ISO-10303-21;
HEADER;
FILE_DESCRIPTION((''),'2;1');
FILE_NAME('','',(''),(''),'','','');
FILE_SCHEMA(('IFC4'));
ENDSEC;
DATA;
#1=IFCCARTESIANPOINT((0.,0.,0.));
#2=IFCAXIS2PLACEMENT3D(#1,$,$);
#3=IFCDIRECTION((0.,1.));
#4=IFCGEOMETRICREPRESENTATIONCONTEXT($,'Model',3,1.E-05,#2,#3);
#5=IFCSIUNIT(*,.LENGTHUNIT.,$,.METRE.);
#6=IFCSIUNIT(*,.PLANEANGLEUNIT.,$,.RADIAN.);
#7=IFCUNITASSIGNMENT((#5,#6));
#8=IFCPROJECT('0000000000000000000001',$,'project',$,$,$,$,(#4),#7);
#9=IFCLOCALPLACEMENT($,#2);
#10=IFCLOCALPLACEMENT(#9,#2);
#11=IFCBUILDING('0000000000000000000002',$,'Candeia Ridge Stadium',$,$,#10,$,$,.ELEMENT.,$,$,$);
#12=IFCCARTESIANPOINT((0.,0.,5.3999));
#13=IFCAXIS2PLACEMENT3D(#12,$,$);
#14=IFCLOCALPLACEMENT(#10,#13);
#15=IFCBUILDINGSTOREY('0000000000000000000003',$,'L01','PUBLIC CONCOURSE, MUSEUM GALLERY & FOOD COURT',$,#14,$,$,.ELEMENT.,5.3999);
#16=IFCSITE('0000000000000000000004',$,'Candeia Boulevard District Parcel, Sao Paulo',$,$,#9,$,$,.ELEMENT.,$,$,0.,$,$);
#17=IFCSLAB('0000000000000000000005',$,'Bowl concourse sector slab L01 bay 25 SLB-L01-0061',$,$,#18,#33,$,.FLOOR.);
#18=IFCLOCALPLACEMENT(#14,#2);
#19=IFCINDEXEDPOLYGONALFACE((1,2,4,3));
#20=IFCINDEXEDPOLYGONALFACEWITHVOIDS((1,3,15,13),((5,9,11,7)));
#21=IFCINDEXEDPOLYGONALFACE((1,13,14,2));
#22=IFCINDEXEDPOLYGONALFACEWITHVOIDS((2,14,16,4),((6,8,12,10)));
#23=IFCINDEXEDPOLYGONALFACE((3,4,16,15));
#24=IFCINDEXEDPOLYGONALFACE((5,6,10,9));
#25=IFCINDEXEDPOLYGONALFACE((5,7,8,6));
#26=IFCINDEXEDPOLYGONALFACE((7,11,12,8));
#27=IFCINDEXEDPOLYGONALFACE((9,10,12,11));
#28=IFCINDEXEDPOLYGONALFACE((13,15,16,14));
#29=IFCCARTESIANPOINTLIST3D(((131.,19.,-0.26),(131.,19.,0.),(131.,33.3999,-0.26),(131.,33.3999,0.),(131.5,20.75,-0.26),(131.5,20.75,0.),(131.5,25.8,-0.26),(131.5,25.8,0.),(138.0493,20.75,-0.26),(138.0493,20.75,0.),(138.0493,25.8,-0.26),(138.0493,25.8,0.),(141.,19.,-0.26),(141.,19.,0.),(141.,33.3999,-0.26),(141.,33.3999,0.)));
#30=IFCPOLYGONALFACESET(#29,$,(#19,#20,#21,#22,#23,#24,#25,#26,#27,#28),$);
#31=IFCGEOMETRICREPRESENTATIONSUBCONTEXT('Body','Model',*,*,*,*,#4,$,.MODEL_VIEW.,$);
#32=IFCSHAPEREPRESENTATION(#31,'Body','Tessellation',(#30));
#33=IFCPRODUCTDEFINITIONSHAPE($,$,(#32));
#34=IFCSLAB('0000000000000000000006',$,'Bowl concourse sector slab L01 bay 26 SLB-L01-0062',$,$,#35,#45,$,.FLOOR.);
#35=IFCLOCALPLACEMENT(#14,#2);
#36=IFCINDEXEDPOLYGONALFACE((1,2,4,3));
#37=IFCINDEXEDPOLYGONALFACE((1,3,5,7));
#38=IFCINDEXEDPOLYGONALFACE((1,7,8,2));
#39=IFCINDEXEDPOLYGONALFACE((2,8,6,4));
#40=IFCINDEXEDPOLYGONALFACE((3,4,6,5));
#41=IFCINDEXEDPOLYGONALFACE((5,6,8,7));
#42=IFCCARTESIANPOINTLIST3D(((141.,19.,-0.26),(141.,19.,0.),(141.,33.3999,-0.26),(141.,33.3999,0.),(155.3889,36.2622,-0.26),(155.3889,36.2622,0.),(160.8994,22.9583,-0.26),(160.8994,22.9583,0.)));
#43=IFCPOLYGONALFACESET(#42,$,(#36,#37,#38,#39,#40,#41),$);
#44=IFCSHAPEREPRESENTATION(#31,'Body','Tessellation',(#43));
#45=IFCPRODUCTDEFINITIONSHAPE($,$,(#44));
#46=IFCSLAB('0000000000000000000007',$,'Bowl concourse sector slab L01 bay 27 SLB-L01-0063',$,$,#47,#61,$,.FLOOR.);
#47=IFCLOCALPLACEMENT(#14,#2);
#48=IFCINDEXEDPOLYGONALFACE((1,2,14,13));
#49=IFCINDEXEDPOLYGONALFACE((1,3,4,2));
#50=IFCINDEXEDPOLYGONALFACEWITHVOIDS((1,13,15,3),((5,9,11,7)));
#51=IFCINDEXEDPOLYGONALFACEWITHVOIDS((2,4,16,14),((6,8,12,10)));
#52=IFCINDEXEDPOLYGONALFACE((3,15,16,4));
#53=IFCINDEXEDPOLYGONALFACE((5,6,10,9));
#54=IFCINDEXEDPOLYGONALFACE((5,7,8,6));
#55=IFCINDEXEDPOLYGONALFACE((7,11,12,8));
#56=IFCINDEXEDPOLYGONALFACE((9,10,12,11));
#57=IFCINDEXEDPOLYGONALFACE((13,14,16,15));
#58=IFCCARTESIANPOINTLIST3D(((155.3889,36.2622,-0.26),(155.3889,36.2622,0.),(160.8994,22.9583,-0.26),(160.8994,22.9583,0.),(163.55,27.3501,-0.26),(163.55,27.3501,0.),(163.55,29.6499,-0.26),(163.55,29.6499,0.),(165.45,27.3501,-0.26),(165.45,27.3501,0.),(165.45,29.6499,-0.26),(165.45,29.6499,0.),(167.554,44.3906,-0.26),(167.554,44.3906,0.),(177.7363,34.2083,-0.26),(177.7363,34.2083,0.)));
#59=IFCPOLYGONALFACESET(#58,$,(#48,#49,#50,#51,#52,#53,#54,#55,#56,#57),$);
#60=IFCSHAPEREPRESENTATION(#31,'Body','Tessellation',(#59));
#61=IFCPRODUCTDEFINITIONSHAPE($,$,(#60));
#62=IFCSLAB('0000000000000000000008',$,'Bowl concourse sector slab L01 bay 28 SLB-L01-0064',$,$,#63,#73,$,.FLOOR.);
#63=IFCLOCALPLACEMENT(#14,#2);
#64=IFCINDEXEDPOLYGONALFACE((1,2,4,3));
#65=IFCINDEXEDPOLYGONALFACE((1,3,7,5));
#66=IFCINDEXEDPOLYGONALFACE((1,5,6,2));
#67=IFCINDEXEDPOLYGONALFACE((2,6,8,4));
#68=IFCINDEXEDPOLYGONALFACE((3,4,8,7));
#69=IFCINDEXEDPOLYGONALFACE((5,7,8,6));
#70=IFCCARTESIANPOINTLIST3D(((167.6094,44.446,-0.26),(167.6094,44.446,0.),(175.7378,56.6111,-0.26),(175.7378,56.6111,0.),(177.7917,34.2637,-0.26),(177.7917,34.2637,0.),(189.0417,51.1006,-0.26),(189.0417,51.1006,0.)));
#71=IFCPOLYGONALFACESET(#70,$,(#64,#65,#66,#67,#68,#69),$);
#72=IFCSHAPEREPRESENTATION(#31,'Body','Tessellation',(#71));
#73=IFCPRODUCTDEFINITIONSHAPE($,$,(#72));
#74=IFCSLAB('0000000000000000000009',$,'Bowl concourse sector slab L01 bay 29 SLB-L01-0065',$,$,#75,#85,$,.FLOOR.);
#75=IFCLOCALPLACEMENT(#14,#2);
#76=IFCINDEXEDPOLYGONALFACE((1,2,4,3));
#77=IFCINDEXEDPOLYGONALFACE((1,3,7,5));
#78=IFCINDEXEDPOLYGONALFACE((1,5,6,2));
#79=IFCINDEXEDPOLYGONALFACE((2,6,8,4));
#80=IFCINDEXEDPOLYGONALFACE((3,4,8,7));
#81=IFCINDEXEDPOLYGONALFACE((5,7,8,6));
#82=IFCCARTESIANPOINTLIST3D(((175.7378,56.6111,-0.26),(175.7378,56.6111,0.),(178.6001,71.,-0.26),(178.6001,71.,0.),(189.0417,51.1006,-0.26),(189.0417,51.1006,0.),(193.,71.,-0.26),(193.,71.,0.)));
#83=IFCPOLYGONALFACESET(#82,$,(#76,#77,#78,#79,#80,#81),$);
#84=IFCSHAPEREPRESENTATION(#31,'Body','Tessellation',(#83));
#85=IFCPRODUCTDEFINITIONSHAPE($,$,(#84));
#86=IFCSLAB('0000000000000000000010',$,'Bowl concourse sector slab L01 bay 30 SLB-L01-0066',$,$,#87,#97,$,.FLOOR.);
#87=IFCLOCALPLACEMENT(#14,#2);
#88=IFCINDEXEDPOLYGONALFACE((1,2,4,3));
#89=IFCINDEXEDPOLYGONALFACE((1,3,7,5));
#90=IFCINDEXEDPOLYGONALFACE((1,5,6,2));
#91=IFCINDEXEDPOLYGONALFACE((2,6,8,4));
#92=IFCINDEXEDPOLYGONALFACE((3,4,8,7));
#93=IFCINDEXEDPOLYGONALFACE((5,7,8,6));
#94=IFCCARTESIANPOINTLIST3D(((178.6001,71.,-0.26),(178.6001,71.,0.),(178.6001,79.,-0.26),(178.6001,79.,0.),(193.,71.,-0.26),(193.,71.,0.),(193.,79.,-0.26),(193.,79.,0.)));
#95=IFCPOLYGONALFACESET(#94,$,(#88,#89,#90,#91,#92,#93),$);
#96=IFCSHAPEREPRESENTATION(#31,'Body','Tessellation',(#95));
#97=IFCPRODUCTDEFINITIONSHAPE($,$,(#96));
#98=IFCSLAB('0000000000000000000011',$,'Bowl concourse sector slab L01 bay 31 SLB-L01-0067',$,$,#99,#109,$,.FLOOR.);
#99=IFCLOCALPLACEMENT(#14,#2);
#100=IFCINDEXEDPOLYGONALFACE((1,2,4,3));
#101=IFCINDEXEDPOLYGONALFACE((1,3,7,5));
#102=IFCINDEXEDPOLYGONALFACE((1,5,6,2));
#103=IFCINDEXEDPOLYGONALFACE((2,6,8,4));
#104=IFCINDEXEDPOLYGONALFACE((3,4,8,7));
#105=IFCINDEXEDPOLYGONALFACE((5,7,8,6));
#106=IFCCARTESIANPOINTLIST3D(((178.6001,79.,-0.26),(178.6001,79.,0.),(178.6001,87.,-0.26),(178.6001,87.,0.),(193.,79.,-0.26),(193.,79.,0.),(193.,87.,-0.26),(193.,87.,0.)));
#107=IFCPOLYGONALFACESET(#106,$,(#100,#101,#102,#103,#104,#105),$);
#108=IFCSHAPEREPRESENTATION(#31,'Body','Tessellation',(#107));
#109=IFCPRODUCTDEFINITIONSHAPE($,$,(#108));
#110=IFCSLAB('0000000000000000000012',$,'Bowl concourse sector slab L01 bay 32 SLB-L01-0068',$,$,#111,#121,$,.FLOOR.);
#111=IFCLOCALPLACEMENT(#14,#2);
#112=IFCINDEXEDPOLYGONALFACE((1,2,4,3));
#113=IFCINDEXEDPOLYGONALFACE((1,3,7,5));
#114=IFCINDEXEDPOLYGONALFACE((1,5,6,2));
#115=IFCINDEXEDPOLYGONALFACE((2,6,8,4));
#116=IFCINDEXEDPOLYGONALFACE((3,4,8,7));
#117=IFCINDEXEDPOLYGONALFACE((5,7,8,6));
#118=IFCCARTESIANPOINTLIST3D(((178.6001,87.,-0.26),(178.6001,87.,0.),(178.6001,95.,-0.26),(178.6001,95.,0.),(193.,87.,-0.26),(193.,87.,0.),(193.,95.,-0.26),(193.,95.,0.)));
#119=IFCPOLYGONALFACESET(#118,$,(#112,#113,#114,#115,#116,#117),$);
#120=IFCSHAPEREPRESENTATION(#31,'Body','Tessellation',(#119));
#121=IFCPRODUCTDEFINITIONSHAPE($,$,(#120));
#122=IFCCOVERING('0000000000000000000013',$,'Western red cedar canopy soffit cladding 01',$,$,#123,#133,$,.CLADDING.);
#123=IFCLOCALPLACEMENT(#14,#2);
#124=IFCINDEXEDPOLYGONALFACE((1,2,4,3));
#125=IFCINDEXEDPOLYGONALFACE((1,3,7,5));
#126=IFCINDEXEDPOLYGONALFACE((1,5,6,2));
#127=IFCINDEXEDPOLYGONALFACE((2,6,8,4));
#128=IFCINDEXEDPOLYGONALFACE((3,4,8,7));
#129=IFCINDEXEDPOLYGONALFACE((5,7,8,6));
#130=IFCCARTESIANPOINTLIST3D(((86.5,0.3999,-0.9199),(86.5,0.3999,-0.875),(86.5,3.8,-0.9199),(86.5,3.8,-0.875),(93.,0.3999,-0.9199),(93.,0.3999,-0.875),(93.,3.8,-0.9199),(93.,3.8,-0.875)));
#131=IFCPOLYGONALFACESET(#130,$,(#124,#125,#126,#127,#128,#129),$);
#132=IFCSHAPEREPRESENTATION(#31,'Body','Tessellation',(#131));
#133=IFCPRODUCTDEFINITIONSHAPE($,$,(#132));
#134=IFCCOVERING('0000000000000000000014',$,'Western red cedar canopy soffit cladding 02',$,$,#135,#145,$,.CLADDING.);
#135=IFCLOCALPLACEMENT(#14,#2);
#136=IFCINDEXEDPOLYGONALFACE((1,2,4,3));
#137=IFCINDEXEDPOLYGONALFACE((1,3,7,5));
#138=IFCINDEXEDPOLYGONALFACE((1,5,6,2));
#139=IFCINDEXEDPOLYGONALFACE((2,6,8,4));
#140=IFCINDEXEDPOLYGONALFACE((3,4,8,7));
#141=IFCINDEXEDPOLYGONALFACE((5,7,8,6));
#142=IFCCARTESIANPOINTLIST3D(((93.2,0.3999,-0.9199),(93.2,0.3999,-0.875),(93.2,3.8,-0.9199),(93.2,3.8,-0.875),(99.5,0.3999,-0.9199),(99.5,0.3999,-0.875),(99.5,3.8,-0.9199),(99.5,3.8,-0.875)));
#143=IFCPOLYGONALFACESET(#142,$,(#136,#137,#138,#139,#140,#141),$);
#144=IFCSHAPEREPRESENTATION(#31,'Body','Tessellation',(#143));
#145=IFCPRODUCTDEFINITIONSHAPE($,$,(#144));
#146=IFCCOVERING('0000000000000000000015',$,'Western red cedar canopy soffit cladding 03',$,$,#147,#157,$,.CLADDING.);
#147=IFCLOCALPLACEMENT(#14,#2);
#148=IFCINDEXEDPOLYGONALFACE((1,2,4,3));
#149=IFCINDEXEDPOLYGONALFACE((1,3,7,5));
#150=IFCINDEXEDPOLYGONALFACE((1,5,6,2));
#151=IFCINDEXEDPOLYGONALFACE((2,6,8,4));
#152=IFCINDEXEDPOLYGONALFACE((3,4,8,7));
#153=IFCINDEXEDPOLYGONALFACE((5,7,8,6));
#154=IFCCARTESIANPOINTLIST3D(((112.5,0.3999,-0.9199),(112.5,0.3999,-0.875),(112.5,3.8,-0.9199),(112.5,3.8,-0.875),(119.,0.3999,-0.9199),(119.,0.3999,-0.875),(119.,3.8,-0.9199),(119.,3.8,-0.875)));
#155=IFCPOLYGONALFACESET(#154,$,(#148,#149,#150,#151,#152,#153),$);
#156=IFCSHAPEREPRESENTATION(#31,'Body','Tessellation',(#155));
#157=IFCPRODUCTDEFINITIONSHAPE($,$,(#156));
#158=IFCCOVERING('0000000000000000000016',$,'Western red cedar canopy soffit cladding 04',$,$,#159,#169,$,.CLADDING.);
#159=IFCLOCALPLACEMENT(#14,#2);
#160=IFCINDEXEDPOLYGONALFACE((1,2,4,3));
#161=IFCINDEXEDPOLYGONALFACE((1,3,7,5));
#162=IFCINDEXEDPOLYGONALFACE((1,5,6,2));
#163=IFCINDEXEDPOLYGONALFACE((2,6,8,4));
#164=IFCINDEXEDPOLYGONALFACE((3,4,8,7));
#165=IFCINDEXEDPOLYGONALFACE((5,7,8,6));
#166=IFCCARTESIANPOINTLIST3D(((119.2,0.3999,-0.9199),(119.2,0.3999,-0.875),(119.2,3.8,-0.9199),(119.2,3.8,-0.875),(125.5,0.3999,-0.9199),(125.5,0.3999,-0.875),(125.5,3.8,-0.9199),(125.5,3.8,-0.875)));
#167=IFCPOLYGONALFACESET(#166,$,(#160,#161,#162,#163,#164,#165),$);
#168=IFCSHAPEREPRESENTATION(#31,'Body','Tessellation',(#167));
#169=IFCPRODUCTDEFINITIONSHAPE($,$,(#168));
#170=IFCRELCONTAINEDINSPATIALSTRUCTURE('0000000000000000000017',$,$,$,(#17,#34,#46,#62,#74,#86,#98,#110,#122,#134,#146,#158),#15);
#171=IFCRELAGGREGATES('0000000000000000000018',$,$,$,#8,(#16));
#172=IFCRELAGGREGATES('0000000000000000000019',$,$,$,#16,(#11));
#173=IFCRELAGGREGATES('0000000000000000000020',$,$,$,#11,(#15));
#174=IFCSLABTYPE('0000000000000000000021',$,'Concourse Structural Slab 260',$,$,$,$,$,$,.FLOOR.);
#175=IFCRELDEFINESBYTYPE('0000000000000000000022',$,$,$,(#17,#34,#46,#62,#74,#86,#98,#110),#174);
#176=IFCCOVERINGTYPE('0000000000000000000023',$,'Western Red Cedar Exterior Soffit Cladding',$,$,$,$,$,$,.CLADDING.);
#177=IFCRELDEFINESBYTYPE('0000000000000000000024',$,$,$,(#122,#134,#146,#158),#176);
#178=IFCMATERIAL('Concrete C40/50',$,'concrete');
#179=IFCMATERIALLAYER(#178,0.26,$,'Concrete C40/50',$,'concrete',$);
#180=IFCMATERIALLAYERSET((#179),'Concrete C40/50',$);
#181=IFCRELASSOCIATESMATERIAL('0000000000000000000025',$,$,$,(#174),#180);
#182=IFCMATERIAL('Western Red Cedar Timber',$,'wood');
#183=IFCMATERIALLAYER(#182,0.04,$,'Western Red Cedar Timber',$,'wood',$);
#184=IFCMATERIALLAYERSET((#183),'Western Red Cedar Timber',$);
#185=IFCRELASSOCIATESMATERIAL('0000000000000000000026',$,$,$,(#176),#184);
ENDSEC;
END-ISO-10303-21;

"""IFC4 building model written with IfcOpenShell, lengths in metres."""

from ifc_helpers import new_model, si_unit, direction, frame, origin, place, context, subcontext, project, spatial, polyline, outline, extrude, material, layer, layer_set, type_object, element, save


model = new_model("IFC4")

# Units and contexts
model_context = context("Model", 3, precision=1e-05, world=origin(), true_north=direction((0.0, 1.0)))
body_context = subcontext(model_context, "Body", "Model", "MODEL_VIEW")
ifc_project = project(units=[si_unit("LENGTHUNIT", "METRE"), si_unit("PLANEANGLEUNIT", "RADIAN")], contexts=[model_context])

# Site, building, storey
site_placement = place(None, origin())
site = spatial("IfcSite", under=ifc_project, at=site_placement, Name="Candeia Boulevard District Parcel, Sao Paulo", CompositionType="ELEMENT", RefElevation=0.0)
building_placement = place(site_placement, origin())
building = spatial("IfcBuilding", under=site, at=building_placement, Name="Candeia Ridge Stadium", CompositionType="ELEMENT")
storey_placement = place(building_placement, frame((0.0, 0.0, 5.3999)))
storey = spatial("IfcBuildingStorey", under=building, at=storey_placement, Name="L01", Description="PUBLIC CONCOURSE, MUSEUM GALLERY & FOOD COURT", CompositionType="ELEMENT", Elevation=5.3999)

# Slabs
ifc_material_1 = material(Name="Concrete C40/50", Category="concrete")
ifc_layer_1 = layer(ifc_material_1, 0.26, Name="Concrete C40/50", Category="concrete")
ifc_layer_set_1 = layer_set([ifc_layer_1], Name="Concrete C40/50")
slab_type = type_object("IfcSlabType", Name="Concourse Structural Slab 260", PredefinedType="FLOOR", material=ifc_layer_set_1)
slab_1_placement = place(storey_placement, frame((0.0, 0.0, -0.26)))
element("IfcSlab", 1, at=slab_1_placement, inside=storey, type_object=slab_type, Name="Bowl concourse sector slab L01 bay 25 SLB-L01-0061", PredefinedType="FLOOR", context=body_context, shape_type="SweptSolid", body=[
    extrude(outline(polyline([(141.0, 33.3999), (141.0, 19.0), (131.0, 19.0), (131.0, 33.3999), (141.0, 33.3999)]), holes=[polyline([(138.0493, 25.8), (131.5, 25.8), (131.5, 20.75), (138.0493, 20.75), (138.0493, 25.8)])]), origin(), (0.0, 0.0, 1.0), 0.26),
])
slab_2_placement = place(storey_placement, frame((0.0, 0.0, -0.26)))
element("IfcSlab", 2, at=slab_2_placement, inside=storey, type_object=slab_type, Name="Bowl concourse sector slab L01 bay 26 SLB-L01-0062", PredefinedType="FLOOR", context=body_context, shape_type="SweptSolid", body=[
    extrude(outline(polyline([(155.3889, 36.2622), (160.8994, 22.9583), (141.0, 19.0), (141.0, 33.3999), (155.3889, 36.2622)])), origin(), (0.0, 0.0, 1.0), 0.26),
])
slab_3_placement = place(storey_placement, frame((0.0, 0.0, -0.26)))
element("IfcSlab", 3, at=slab_3_placement, inside=storey, type_object=slab_type, Name="Bowl concourse sector slab L01 bay 27 SLB-L01-0063", PredefinedType="FLOOR", context=body_context, shape_type="SweptSolid", body=[
    extrude(outline(polyline([(167.554, 44.3906), (177.7363, 34.2083), (160.8994, 22.9583), (155.3889, 36.2622), (167.554, 44.3906)]), holes=[polyline([(165.45, 27.3501), (165.45, 29.6499), (163.55, 29.6499), (163.55, 27.3501), (165.45, 27.3501)])]), origin(), (0.0, 0.0, 1.0), 0.26),
])
slab_4_placement = place(storey_placement, frame((0.0, 0.0, -0.26)))
element("IfcSlab", 4, at=slab_4_placement, inside=storey, type_object=slab_type, Name="Bowl concourse sector slab L01 bay 28 SLB-L01-0064", PredefinedType="FLOOR", context=body_context, shape_type="SweptSolid", body=[
    extrude(outline(polyline([(175.7378, 56.6111), (189.0417, 51.1006), (177.7917, 34.2637), (167.6094, 44.446), (175.7378, 56.6111)])), origin(), (0.0, 0.0, 1.0), 0.26),
])
slab_5_placement = place(storey_placement, frame((0.0, 0.0, -0.26)))
element("IfcSlab", 5, at=slab_5_placement, inside=storey, type_object=slab_type, Name="Bowl concourse sector slab L01 bay 29 SLB-L01-0065", PredefinedType="FLOOR", context=body_context, shape_type="SweptSolid", body=[
    extrude(outline(polyline([(178.6001, 71.0), (193.0, 71.0), (189.0417, 51.1006), (175.7378, 56.6111), (178.6001, 71.0)])), origin(), (0.0, 0.0, 1.0), 0.26),
])
slab_6_placement = place(storey_placement, frame((0.0, 0.0, -0.26)))
element("IfcSlab", 6, at=slab_6_placement, inside=storey, type_object=slab_type, Name="Bowl concourse sector slab L01 bay 30 SLB-L01-0066", PredefinedType="FLOOR", context=body_context, shape_type="SweptSolid", body=[
    extrude(outline(polyline([(178.6001, 79.0), (193.0, 79.0), (193.0, 71.0), (178.6001, 71.0), (178.6001, 79.0)])), origin(), (0.0, 0.0, 1.0), 0.26),
])
slab_7_placement = place(storey_placement, frame((0.0, 0.0, -0.26)))
element("IfcSlab", 7, at=slab_7_placement, inside=storey, type_object=slab_type, Name="Bowl concourse sector slab L01 bay 31 SLB-L01-0067", PredefinedType="FLOOR", context=body_context, shape_type="SweptSolid", body=[
    extrude(outline(polyline([(178.6001, 87.0), (193.0, 87.0), (193.0, 79.0), (178.6001, 79.0), (178.6001, 87.0)])), origin(), (0.0, 0.0, 1.0), 0.26),
])
slab_8_placement = place(storey_placement, frame((0.0, 0.0, -0.26)))
element("IfcSlab", 8, at=slab_8_placement, inside=storey, type_object=slab_type, Name="Bowl concourse sector slab L01 bay 32 SLB-L01-0068", PredefinedType="FLOOR", context=body_context, shape_type="SweptSolid", body=[
    extrude(outline(polyline([(178.6001, 95.0), (193.0, 95.0), (193.0, 87.0), (178.6001, 87.0), (178.6001, 95.0)])), origin(), (0.0, 0.0, 1.0), 0.26),
])

# Coverings
ifc_material_2 = material(Name="Western Red Cedar Timber", Category="wood")
ifc_layer_2 = layer(ifc_material_2, 0.04, Name="Western Red Cedar Timber", Category="wood")
ifc_layer_set_2 = layer_set([ifc_layer_2], Name="Western Red Cedar Timber")
covering_type = type_object("IfcCoveringType", Name="Western Red Cedar Exterior Soffit Cladding", PredefinedType="CLADDING", material=ifc_layer_set_2)
covering_1_placement = place(storey_placement, frame((0.0, 0.0, -0.9199)))
element("IfcCovering", 9, at=covering_1_placement, inside=storey, type_object=covering_type, Name="Western red cedar canopy soffit cladding 01", PredefinedType="CLADDING", context=body_context, shape_type="SweptSolid", body=[
    extrude(outline(polyline([(86.5, 0.3999), (93.0, 0.3999), (93.0, 3.8), (86.5, 3.8), (86.5, 0.3999)])), origin(), (0.0, 0.0, 1.0), 0.0449),
])
covering_2_placement = place(storey_placement, frame((0.0, 0.0, -0.9199)))
element("IfcCovering", 10, at=covering_2_placement, inside=storey, type_object=covering_type, Name="Western red cedar canopy soffit cladding 02", PredefinedType="CLADDING", context=body_context, shape_type="SweptSolid", body=[
    extrude(outline(polyline([(93.2, 0.3999), (99.5, 0.3999), (99.5, 3.8), (93.2, 3.8), (93.2, 0.3999)])), origin(), (0.0, 0.0, 1.0), 0.0449),
])
covering_3_placement = place(storey_placement, frame((0.0, 0.0, -0.9199)))
element("IfcCovering", 11, at=covering_3_placement, inside=storey, type_object=covering_type, Name="Western red cedar canopy soffit cladding 03", PredefinedType="CLADDING", context=body_context, shape_type="SweptSolid", body=[
    extrude(outline(polyline([(112.5, 0.3999), (119.0, 0.3999), (119.0, 3.8), (112.5, 3.8), (112.5, 0.3999)])), origin(), (0.0, 0.0, 1.0), 0.0449),
])
covering_4_placement = place(storey_placement, frame((0.0, 0.0, -0.9199)))
element("IfcCovering", 12, at=covering_4_placement, inside=storey, type_object=covering_type, Name="Western red cedar canopy soffit cladding 04", PredefinedType="CLADDING", context=body_context, shape_type="SweptSolid", body=[
    extrude(outline(polyline([(119.2, 0.3999), (125.5, 0.3999), (125.5, 3.8), (119.2, 3.8), (119.2, 0.3999)])), origin(), (0.0, 0.0, 1.0), 0.0449),
])

save(model, "model.ifc")
